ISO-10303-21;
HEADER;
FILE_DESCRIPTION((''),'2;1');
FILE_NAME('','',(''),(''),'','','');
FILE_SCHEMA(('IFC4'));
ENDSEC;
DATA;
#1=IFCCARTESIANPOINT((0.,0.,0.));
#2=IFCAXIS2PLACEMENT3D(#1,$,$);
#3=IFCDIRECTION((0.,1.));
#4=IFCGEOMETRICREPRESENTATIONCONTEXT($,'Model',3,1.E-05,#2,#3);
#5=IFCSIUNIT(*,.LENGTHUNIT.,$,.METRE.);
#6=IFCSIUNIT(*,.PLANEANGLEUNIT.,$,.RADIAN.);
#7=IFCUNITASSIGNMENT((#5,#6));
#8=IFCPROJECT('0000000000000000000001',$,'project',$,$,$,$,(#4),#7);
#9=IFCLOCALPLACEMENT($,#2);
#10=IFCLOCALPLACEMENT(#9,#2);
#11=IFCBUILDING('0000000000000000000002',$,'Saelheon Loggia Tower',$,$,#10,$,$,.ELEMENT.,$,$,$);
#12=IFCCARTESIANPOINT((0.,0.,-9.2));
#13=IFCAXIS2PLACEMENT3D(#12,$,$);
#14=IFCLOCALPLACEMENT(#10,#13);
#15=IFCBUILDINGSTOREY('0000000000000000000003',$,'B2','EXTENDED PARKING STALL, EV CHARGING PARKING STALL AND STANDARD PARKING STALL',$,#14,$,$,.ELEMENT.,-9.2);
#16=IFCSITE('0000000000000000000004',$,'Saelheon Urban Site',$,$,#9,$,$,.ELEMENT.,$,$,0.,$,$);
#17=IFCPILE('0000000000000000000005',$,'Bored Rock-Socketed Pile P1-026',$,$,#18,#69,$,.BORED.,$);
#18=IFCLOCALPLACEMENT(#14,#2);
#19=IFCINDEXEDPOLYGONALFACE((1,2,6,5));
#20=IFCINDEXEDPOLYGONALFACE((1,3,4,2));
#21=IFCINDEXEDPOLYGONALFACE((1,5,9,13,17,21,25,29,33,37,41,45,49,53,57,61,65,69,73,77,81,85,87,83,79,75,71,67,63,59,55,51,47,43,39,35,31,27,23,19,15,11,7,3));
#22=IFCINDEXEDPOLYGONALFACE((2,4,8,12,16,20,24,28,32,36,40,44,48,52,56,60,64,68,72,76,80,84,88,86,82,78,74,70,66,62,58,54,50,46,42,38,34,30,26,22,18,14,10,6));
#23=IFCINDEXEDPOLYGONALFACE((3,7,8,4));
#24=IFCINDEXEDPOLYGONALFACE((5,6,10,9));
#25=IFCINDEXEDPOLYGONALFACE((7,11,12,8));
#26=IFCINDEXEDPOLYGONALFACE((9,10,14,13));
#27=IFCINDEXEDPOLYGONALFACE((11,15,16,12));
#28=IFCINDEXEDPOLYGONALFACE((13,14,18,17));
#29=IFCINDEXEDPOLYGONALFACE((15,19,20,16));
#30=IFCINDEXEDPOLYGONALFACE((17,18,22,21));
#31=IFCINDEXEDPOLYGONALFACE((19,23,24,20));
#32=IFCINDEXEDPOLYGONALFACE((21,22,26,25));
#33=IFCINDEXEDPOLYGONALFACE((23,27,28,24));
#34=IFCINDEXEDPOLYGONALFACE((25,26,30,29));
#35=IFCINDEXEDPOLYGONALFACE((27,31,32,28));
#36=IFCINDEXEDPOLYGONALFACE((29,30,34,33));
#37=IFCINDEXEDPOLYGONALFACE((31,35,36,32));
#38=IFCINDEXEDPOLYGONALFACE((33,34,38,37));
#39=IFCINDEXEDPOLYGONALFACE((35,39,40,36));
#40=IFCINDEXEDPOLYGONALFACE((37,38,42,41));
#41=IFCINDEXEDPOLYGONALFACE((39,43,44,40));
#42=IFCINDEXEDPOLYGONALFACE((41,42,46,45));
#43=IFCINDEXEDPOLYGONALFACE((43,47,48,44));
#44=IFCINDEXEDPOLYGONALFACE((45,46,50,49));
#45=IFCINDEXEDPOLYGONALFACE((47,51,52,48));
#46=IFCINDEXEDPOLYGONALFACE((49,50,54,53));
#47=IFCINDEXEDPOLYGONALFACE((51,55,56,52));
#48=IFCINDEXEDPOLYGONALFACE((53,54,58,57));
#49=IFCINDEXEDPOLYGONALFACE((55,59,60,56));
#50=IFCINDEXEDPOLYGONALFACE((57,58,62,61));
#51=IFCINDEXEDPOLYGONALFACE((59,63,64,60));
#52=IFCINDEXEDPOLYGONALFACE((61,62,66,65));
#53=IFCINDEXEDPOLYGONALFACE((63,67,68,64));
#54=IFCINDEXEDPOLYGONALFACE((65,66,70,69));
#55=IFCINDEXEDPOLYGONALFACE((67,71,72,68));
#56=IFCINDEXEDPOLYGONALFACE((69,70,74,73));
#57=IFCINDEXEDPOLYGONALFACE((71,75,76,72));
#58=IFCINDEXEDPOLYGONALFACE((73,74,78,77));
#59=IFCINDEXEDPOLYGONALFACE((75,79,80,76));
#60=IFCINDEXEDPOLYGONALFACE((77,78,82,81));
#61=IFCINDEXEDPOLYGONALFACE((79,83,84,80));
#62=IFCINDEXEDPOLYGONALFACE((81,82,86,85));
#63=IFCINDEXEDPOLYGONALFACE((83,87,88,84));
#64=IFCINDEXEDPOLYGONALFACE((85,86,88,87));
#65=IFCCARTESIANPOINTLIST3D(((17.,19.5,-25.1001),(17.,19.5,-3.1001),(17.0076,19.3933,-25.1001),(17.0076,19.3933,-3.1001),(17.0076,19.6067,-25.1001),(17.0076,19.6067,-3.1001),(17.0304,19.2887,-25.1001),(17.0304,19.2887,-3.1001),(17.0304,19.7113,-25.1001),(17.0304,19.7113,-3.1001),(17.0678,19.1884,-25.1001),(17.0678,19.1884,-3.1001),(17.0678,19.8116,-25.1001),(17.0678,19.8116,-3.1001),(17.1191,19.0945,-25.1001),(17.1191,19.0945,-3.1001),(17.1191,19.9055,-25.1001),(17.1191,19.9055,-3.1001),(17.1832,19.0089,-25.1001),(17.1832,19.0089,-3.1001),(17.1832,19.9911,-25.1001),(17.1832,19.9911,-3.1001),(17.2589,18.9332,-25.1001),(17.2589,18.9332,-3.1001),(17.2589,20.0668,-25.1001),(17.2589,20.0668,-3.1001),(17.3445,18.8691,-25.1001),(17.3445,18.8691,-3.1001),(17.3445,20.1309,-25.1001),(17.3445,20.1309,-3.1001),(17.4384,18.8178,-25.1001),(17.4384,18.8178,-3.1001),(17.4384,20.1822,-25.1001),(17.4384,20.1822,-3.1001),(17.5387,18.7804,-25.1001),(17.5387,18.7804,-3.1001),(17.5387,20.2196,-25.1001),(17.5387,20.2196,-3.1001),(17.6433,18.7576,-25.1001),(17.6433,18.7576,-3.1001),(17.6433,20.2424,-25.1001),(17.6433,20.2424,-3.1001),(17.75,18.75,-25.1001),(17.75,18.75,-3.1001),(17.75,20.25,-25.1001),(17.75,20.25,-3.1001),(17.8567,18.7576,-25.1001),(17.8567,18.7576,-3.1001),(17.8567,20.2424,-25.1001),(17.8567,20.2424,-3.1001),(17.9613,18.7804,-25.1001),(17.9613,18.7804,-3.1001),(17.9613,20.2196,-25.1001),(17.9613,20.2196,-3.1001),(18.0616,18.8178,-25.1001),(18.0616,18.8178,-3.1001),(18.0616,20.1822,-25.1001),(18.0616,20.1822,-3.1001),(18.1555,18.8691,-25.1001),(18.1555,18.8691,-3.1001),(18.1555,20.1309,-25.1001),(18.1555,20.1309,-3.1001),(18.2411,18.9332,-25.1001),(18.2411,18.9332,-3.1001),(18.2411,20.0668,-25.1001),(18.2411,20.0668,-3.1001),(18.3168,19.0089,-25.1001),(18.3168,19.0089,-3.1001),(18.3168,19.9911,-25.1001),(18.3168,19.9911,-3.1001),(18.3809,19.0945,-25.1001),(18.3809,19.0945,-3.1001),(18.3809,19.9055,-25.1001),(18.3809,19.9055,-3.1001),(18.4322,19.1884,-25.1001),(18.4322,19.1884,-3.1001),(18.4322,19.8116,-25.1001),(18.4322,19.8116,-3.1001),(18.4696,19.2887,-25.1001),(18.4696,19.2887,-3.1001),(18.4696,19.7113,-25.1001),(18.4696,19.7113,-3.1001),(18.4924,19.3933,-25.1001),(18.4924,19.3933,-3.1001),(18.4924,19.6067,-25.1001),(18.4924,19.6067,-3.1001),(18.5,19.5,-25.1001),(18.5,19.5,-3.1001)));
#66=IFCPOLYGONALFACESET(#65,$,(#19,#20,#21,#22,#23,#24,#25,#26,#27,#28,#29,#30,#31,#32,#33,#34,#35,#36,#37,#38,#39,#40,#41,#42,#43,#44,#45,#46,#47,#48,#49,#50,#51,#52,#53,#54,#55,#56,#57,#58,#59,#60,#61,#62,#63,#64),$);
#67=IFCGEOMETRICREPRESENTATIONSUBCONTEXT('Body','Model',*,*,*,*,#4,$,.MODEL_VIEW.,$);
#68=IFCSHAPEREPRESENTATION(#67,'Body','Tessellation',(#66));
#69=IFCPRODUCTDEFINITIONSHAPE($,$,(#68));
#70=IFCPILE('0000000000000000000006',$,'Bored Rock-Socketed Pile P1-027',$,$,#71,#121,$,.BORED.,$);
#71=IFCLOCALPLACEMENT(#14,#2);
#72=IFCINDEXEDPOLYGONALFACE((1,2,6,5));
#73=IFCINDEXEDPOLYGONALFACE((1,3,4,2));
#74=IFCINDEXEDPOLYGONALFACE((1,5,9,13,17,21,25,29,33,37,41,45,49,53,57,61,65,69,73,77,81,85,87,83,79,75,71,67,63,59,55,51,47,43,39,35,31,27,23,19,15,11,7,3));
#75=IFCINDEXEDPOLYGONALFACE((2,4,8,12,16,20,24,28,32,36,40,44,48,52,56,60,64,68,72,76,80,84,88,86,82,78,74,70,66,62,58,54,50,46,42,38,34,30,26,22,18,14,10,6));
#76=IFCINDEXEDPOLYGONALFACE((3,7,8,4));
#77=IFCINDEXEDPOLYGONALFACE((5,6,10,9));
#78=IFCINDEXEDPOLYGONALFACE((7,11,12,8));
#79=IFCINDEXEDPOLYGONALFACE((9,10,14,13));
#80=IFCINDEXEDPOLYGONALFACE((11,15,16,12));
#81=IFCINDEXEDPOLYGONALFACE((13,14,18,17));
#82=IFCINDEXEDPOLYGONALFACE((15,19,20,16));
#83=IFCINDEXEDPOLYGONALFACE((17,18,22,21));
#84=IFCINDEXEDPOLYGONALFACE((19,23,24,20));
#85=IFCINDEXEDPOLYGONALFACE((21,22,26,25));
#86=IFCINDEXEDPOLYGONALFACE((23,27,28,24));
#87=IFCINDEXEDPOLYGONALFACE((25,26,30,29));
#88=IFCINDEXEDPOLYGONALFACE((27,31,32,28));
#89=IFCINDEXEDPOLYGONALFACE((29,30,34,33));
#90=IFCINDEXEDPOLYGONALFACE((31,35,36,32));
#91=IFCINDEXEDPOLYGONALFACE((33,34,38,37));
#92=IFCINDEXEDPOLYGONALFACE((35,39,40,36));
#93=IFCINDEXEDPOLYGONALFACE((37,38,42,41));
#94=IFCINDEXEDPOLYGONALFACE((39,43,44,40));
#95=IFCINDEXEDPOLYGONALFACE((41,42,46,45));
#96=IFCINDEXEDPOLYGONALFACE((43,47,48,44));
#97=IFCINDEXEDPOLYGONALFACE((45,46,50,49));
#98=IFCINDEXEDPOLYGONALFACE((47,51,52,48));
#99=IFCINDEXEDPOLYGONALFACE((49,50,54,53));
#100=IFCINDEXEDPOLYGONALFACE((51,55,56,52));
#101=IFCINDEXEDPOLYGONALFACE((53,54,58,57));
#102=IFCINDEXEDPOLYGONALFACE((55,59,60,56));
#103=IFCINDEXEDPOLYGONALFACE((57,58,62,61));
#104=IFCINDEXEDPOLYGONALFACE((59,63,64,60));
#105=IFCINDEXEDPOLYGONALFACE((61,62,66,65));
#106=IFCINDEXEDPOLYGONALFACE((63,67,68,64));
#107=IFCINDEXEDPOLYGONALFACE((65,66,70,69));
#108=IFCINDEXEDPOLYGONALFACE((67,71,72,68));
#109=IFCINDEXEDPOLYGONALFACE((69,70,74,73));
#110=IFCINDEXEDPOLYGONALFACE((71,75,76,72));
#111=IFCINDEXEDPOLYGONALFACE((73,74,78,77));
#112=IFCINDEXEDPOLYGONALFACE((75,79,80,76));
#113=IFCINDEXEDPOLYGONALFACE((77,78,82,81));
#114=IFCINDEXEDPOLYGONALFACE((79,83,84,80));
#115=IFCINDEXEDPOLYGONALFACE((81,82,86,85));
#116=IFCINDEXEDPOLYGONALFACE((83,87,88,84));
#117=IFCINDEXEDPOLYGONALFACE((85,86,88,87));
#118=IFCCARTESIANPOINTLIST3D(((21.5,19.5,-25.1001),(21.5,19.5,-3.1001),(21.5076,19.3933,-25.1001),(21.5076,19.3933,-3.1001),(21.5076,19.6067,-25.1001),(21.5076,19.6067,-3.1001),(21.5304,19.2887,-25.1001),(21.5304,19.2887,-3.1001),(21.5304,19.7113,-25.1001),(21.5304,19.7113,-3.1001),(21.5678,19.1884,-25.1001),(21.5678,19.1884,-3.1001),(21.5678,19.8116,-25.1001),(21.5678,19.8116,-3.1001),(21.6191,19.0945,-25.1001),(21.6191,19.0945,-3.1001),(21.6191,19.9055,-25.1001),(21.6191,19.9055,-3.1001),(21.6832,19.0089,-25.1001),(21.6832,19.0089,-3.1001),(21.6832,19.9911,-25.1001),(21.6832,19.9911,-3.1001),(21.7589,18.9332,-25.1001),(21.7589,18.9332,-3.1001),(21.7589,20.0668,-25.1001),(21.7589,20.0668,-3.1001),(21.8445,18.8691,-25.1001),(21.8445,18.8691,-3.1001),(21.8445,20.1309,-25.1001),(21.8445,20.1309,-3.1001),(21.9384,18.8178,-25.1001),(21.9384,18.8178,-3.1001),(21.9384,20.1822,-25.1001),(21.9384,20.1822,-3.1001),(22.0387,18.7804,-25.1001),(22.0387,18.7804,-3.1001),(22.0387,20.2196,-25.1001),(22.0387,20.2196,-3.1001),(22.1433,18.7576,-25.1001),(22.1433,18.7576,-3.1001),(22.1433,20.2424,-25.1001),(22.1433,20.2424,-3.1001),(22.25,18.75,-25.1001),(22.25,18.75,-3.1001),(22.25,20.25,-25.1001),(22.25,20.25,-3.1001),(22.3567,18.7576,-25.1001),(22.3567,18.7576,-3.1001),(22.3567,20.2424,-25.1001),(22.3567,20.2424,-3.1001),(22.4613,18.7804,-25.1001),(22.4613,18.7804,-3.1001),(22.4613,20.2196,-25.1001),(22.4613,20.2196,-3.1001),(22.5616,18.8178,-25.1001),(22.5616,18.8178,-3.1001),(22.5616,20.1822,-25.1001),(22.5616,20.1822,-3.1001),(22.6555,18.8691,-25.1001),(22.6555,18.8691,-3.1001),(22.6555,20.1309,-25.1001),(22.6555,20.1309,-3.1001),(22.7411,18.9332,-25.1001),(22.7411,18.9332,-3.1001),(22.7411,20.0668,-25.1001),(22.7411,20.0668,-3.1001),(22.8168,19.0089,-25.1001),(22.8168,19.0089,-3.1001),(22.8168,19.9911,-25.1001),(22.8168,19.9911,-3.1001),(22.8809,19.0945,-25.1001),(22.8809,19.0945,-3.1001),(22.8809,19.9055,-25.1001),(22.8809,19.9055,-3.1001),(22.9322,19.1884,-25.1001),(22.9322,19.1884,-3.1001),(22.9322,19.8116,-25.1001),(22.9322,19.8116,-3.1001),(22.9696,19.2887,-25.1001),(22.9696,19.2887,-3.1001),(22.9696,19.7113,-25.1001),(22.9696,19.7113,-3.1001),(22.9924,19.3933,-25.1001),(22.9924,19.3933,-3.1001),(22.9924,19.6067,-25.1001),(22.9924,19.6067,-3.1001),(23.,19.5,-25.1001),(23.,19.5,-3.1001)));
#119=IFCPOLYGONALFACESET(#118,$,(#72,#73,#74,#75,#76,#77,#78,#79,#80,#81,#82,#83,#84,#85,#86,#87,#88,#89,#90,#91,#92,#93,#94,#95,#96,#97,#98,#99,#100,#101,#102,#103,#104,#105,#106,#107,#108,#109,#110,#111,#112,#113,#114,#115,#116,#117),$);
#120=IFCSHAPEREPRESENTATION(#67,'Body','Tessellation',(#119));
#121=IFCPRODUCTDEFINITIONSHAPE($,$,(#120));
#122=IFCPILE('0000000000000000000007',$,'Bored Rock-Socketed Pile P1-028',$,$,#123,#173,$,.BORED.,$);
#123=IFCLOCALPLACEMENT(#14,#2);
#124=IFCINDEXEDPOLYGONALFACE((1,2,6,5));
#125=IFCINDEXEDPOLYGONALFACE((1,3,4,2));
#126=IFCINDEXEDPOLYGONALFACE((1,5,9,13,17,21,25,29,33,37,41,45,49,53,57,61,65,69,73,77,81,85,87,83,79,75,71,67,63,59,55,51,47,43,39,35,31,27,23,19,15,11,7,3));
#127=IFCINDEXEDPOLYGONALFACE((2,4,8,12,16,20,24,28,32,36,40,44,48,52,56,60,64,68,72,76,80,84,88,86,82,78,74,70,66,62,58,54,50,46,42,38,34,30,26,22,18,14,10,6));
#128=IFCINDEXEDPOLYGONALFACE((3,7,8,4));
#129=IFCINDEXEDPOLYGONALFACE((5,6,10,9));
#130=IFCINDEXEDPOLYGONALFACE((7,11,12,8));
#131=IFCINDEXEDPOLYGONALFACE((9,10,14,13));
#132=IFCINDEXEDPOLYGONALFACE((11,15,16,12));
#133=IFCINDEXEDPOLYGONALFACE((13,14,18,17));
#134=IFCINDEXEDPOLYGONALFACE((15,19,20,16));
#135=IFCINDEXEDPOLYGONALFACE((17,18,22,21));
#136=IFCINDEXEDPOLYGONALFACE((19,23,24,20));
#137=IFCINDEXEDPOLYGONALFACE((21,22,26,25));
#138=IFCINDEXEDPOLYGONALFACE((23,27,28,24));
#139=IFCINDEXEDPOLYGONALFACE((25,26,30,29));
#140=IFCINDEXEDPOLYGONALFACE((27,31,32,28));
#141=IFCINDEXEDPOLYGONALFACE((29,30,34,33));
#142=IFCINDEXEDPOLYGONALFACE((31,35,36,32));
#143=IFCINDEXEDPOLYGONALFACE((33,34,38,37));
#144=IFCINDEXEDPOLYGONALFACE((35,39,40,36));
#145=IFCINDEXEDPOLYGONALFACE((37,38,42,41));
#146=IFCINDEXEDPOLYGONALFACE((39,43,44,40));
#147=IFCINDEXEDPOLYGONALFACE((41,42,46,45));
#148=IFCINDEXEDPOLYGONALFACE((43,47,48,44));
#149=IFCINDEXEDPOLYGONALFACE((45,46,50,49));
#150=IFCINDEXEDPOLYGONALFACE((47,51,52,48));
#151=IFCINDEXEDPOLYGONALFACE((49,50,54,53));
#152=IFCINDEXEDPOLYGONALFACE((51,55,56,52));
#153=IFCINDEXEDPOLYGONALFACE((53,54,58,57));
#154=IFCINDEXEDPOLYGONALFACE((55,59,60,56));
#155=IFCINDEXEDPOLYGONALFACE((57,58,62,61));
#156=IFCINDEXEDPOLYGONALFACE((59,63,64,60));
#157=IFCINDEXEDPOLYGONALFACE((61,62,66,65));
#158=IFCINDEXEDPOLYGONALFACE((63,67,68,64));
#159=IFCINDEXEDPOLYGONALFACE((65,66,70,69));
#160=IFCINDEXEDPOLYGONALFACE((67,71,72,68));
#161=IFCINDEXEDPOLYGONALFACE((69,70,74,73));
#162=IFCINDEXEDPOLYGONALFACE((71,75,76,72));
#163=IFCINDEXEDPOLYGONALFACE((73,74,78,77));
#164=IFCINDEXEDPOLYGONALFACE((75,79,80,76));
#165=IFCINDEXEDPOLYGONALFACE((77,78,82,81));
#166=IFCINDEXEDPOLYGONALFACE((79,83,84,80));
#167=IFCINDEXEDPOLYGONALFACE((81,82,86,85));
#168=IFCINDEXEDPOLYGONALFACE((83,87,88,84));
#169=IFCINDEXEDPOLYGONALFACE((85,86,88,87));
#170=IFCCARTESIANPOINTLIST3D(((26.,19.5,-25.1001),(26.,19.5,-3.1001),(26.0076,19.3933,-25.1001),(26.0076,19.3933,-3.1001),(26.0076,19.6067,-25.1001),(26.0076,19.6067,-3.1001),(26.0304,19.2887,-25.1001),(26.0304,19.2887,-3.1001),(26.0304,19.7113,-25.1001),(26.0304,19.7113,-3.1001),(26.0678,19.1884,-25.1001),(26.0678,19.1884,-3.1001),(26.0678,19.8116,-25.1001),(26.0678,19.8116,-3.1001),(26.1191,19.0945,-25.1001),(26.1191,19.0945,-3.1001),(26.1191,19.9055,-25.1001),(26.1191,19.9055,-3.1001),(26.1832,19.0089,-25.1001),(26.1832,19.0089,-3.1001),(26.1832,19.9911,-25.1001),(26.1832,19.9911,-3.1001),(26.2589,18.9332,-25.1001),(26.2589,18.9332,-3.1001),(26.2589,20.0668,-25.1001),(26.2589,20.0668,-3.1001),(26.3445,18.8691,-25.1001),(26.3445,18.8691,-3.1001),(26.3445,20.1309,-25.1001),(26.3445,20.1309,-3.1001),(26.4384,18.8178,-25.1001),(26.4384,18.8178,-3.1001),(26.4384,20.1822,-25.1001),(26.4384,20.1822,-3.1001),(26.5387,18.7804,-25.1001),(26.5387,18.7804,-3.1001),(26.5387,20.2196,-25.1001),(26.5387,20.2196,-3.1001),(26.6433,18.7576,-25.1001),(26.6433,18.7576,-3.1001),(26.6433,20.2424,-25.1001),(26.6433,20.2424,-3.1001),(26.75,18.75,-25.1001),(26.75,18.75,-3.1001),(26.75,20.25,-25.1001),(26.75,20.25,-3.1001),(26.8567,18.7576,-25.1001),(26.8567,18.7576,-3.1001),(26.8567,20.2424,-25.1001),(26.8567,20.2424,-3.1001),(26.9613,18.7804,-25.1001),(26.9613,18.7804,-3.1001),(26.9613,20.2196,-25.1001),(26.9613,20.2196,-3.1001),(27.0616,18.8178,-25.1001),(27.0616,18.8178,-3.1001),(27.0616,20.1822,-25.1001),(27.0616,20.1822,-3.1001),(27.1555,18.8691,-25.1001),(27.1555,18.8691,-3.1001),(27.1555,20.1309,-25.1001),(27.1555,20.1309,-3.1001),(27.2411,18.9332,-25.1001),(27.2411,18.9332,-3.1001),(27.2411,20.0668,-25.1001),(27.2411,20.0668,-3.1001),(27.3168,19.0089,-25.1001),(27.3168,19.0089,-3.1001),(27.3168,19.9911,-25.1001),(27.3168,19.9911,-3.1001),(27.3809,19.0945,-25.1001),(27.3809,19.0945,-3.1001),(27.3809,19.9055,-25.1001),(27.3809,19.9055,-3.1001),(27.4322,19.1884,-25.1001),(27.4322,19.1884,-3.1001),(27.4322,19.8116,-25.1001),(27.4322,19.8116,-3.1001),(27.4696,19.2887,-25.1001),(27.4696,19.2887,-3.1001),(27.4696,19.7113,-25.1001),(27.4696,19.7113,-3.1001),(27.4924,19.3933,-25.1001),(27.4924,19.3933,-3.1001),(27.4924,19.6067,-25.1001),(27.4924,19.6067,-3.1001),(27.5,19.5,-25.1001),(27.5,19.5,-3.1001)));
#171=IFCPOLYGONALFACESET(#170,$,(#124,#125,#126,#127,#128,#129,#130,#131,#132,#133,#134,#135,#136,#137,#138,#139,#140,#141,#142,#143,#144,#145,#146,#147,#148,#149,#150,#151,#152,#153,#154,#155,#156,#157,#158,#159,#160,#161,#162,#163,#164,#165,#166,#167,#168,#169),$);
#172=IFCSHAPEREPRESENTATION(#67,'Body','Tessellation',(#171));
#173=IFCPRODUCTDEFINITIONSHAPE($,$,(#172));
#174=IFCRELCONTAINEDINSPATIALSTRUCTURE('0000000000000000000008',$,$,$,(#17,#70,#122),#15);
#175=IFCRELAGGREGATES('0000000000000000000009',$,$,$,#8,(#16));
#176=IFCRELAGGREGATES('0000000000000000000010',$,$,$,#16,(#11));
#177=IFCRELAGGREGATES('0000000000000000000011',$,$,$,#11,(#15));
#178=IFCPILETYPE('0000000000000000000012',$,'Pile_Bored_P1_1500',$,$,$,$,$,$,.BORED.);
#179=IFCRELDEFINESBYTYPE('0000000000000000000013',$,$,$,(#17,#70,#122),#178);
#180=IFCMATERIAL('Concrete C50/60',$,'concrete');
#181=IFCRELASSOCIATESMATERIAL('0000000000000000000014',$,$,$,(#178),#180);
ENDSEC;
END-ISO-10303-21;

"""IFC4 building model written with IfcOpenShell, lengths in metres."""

from ifc_helpers import new_model, si_unit, direction, frame, origin, origin_2d, place, context, subcontext, project, spatial, circle, extrude, source, transform, mapped, material, material_profile, profile_set, type_object, element, save


model = new_model("IFC4")

# Units and contexts
model_context = context("Model", 3, precision=1e-05, world=origin(), true_north=direction((0.0, 1.0)))
body_context = subcontext(model_context, "Body", "Model", "MODEL_VIEW")
ifc_project = project(units=[si_unit("LENGTHUNIT", "METRE"), si_unit("PLANEANGLEUNIT", "RADIAN")], contexts=[model_context])

# Site, building, storey
site_placement = place(None, origin())
site = spatial("IfcSite", under=ifc_project, at=site_placement, Name="Saelheon Urban Site", CompositionType="ELEMENT", RefElevation=0.0)
building_placement = place(site_placement, origin())
building = spatial("IfcBuilding", under=site, at=building_placement, Name="Saelheon Loggia Tower", CompositionType="ELEMENT")
storey_placement = place(building_placement, frame((0.0, 0.0, -9.2)))
storey = spatial("IfcBuildingStorey", under=building, at=storey_placement, Name="B2", Description="EXTENDED PARKING STALL, EV CHARGING PARKING STALL AND STANDARD PARKING STALL", CompositionType="ELEMENT", Elevation=-9.2)

# Piles
ifc_material_1 = material(Name="Concrete C50/60", Category="concrete")
ifc_material_profile_1 = material_profile(ifc_material_1, circle(Radius=0.75, at=origin_2d()), Name="CIRC-1500")
ifc_profile_set_1 = profile_set([ifc_material_profile_1], Name="Concrete C50/60")
pile_type = type_object("IfcPileType", Name="Pile_Bored_P1_1500", PredefinedType="BORED", material=ifc_profile_set_1)
shared_shape_1 = source(origin(), body_context, "Body", "SweptSolid", [
    extrude(circle(Radius=0.75, at=origin_2d()), origin(), (0.0, 0.0, 1.0), 22.0),
])
for number, where, z_axis, x_axis, name in (
    (1, (17.75, 19.5, -3.1001), (0.0, 0.0, -1.0), (1.0, 0.0, 0.0), "Bored Rock-Socketed Pile P1-026"),
    (2, (22.25, 19.5, -3.1001), (0.0, 0.0, -1.0), (1.0, 0.0, 0.0), "Bored Rock-Socketed Pile P1-027"),
    (3, (26.75, 19.5, -3.1001), (0.0, 0.0, -1.0), (1.0, 0.0, 0.0), "Bored Rock-Socketed Pile P1-028"),
):
    element("IfcPile", number, at=place(storey_placement, frame(where, z_axis=z_axis, x_axis=x_axis)), inside=storey, type_object=pile_type, Name=name, PredefinedType="BORED", context=body_context, shape_type="MappedRepresentation", body=[
        mapped(shared_shape_1, transform((0.0, 0.0, 0.0), scale=1.0)),
    ])

save(model, "model.ifc")
